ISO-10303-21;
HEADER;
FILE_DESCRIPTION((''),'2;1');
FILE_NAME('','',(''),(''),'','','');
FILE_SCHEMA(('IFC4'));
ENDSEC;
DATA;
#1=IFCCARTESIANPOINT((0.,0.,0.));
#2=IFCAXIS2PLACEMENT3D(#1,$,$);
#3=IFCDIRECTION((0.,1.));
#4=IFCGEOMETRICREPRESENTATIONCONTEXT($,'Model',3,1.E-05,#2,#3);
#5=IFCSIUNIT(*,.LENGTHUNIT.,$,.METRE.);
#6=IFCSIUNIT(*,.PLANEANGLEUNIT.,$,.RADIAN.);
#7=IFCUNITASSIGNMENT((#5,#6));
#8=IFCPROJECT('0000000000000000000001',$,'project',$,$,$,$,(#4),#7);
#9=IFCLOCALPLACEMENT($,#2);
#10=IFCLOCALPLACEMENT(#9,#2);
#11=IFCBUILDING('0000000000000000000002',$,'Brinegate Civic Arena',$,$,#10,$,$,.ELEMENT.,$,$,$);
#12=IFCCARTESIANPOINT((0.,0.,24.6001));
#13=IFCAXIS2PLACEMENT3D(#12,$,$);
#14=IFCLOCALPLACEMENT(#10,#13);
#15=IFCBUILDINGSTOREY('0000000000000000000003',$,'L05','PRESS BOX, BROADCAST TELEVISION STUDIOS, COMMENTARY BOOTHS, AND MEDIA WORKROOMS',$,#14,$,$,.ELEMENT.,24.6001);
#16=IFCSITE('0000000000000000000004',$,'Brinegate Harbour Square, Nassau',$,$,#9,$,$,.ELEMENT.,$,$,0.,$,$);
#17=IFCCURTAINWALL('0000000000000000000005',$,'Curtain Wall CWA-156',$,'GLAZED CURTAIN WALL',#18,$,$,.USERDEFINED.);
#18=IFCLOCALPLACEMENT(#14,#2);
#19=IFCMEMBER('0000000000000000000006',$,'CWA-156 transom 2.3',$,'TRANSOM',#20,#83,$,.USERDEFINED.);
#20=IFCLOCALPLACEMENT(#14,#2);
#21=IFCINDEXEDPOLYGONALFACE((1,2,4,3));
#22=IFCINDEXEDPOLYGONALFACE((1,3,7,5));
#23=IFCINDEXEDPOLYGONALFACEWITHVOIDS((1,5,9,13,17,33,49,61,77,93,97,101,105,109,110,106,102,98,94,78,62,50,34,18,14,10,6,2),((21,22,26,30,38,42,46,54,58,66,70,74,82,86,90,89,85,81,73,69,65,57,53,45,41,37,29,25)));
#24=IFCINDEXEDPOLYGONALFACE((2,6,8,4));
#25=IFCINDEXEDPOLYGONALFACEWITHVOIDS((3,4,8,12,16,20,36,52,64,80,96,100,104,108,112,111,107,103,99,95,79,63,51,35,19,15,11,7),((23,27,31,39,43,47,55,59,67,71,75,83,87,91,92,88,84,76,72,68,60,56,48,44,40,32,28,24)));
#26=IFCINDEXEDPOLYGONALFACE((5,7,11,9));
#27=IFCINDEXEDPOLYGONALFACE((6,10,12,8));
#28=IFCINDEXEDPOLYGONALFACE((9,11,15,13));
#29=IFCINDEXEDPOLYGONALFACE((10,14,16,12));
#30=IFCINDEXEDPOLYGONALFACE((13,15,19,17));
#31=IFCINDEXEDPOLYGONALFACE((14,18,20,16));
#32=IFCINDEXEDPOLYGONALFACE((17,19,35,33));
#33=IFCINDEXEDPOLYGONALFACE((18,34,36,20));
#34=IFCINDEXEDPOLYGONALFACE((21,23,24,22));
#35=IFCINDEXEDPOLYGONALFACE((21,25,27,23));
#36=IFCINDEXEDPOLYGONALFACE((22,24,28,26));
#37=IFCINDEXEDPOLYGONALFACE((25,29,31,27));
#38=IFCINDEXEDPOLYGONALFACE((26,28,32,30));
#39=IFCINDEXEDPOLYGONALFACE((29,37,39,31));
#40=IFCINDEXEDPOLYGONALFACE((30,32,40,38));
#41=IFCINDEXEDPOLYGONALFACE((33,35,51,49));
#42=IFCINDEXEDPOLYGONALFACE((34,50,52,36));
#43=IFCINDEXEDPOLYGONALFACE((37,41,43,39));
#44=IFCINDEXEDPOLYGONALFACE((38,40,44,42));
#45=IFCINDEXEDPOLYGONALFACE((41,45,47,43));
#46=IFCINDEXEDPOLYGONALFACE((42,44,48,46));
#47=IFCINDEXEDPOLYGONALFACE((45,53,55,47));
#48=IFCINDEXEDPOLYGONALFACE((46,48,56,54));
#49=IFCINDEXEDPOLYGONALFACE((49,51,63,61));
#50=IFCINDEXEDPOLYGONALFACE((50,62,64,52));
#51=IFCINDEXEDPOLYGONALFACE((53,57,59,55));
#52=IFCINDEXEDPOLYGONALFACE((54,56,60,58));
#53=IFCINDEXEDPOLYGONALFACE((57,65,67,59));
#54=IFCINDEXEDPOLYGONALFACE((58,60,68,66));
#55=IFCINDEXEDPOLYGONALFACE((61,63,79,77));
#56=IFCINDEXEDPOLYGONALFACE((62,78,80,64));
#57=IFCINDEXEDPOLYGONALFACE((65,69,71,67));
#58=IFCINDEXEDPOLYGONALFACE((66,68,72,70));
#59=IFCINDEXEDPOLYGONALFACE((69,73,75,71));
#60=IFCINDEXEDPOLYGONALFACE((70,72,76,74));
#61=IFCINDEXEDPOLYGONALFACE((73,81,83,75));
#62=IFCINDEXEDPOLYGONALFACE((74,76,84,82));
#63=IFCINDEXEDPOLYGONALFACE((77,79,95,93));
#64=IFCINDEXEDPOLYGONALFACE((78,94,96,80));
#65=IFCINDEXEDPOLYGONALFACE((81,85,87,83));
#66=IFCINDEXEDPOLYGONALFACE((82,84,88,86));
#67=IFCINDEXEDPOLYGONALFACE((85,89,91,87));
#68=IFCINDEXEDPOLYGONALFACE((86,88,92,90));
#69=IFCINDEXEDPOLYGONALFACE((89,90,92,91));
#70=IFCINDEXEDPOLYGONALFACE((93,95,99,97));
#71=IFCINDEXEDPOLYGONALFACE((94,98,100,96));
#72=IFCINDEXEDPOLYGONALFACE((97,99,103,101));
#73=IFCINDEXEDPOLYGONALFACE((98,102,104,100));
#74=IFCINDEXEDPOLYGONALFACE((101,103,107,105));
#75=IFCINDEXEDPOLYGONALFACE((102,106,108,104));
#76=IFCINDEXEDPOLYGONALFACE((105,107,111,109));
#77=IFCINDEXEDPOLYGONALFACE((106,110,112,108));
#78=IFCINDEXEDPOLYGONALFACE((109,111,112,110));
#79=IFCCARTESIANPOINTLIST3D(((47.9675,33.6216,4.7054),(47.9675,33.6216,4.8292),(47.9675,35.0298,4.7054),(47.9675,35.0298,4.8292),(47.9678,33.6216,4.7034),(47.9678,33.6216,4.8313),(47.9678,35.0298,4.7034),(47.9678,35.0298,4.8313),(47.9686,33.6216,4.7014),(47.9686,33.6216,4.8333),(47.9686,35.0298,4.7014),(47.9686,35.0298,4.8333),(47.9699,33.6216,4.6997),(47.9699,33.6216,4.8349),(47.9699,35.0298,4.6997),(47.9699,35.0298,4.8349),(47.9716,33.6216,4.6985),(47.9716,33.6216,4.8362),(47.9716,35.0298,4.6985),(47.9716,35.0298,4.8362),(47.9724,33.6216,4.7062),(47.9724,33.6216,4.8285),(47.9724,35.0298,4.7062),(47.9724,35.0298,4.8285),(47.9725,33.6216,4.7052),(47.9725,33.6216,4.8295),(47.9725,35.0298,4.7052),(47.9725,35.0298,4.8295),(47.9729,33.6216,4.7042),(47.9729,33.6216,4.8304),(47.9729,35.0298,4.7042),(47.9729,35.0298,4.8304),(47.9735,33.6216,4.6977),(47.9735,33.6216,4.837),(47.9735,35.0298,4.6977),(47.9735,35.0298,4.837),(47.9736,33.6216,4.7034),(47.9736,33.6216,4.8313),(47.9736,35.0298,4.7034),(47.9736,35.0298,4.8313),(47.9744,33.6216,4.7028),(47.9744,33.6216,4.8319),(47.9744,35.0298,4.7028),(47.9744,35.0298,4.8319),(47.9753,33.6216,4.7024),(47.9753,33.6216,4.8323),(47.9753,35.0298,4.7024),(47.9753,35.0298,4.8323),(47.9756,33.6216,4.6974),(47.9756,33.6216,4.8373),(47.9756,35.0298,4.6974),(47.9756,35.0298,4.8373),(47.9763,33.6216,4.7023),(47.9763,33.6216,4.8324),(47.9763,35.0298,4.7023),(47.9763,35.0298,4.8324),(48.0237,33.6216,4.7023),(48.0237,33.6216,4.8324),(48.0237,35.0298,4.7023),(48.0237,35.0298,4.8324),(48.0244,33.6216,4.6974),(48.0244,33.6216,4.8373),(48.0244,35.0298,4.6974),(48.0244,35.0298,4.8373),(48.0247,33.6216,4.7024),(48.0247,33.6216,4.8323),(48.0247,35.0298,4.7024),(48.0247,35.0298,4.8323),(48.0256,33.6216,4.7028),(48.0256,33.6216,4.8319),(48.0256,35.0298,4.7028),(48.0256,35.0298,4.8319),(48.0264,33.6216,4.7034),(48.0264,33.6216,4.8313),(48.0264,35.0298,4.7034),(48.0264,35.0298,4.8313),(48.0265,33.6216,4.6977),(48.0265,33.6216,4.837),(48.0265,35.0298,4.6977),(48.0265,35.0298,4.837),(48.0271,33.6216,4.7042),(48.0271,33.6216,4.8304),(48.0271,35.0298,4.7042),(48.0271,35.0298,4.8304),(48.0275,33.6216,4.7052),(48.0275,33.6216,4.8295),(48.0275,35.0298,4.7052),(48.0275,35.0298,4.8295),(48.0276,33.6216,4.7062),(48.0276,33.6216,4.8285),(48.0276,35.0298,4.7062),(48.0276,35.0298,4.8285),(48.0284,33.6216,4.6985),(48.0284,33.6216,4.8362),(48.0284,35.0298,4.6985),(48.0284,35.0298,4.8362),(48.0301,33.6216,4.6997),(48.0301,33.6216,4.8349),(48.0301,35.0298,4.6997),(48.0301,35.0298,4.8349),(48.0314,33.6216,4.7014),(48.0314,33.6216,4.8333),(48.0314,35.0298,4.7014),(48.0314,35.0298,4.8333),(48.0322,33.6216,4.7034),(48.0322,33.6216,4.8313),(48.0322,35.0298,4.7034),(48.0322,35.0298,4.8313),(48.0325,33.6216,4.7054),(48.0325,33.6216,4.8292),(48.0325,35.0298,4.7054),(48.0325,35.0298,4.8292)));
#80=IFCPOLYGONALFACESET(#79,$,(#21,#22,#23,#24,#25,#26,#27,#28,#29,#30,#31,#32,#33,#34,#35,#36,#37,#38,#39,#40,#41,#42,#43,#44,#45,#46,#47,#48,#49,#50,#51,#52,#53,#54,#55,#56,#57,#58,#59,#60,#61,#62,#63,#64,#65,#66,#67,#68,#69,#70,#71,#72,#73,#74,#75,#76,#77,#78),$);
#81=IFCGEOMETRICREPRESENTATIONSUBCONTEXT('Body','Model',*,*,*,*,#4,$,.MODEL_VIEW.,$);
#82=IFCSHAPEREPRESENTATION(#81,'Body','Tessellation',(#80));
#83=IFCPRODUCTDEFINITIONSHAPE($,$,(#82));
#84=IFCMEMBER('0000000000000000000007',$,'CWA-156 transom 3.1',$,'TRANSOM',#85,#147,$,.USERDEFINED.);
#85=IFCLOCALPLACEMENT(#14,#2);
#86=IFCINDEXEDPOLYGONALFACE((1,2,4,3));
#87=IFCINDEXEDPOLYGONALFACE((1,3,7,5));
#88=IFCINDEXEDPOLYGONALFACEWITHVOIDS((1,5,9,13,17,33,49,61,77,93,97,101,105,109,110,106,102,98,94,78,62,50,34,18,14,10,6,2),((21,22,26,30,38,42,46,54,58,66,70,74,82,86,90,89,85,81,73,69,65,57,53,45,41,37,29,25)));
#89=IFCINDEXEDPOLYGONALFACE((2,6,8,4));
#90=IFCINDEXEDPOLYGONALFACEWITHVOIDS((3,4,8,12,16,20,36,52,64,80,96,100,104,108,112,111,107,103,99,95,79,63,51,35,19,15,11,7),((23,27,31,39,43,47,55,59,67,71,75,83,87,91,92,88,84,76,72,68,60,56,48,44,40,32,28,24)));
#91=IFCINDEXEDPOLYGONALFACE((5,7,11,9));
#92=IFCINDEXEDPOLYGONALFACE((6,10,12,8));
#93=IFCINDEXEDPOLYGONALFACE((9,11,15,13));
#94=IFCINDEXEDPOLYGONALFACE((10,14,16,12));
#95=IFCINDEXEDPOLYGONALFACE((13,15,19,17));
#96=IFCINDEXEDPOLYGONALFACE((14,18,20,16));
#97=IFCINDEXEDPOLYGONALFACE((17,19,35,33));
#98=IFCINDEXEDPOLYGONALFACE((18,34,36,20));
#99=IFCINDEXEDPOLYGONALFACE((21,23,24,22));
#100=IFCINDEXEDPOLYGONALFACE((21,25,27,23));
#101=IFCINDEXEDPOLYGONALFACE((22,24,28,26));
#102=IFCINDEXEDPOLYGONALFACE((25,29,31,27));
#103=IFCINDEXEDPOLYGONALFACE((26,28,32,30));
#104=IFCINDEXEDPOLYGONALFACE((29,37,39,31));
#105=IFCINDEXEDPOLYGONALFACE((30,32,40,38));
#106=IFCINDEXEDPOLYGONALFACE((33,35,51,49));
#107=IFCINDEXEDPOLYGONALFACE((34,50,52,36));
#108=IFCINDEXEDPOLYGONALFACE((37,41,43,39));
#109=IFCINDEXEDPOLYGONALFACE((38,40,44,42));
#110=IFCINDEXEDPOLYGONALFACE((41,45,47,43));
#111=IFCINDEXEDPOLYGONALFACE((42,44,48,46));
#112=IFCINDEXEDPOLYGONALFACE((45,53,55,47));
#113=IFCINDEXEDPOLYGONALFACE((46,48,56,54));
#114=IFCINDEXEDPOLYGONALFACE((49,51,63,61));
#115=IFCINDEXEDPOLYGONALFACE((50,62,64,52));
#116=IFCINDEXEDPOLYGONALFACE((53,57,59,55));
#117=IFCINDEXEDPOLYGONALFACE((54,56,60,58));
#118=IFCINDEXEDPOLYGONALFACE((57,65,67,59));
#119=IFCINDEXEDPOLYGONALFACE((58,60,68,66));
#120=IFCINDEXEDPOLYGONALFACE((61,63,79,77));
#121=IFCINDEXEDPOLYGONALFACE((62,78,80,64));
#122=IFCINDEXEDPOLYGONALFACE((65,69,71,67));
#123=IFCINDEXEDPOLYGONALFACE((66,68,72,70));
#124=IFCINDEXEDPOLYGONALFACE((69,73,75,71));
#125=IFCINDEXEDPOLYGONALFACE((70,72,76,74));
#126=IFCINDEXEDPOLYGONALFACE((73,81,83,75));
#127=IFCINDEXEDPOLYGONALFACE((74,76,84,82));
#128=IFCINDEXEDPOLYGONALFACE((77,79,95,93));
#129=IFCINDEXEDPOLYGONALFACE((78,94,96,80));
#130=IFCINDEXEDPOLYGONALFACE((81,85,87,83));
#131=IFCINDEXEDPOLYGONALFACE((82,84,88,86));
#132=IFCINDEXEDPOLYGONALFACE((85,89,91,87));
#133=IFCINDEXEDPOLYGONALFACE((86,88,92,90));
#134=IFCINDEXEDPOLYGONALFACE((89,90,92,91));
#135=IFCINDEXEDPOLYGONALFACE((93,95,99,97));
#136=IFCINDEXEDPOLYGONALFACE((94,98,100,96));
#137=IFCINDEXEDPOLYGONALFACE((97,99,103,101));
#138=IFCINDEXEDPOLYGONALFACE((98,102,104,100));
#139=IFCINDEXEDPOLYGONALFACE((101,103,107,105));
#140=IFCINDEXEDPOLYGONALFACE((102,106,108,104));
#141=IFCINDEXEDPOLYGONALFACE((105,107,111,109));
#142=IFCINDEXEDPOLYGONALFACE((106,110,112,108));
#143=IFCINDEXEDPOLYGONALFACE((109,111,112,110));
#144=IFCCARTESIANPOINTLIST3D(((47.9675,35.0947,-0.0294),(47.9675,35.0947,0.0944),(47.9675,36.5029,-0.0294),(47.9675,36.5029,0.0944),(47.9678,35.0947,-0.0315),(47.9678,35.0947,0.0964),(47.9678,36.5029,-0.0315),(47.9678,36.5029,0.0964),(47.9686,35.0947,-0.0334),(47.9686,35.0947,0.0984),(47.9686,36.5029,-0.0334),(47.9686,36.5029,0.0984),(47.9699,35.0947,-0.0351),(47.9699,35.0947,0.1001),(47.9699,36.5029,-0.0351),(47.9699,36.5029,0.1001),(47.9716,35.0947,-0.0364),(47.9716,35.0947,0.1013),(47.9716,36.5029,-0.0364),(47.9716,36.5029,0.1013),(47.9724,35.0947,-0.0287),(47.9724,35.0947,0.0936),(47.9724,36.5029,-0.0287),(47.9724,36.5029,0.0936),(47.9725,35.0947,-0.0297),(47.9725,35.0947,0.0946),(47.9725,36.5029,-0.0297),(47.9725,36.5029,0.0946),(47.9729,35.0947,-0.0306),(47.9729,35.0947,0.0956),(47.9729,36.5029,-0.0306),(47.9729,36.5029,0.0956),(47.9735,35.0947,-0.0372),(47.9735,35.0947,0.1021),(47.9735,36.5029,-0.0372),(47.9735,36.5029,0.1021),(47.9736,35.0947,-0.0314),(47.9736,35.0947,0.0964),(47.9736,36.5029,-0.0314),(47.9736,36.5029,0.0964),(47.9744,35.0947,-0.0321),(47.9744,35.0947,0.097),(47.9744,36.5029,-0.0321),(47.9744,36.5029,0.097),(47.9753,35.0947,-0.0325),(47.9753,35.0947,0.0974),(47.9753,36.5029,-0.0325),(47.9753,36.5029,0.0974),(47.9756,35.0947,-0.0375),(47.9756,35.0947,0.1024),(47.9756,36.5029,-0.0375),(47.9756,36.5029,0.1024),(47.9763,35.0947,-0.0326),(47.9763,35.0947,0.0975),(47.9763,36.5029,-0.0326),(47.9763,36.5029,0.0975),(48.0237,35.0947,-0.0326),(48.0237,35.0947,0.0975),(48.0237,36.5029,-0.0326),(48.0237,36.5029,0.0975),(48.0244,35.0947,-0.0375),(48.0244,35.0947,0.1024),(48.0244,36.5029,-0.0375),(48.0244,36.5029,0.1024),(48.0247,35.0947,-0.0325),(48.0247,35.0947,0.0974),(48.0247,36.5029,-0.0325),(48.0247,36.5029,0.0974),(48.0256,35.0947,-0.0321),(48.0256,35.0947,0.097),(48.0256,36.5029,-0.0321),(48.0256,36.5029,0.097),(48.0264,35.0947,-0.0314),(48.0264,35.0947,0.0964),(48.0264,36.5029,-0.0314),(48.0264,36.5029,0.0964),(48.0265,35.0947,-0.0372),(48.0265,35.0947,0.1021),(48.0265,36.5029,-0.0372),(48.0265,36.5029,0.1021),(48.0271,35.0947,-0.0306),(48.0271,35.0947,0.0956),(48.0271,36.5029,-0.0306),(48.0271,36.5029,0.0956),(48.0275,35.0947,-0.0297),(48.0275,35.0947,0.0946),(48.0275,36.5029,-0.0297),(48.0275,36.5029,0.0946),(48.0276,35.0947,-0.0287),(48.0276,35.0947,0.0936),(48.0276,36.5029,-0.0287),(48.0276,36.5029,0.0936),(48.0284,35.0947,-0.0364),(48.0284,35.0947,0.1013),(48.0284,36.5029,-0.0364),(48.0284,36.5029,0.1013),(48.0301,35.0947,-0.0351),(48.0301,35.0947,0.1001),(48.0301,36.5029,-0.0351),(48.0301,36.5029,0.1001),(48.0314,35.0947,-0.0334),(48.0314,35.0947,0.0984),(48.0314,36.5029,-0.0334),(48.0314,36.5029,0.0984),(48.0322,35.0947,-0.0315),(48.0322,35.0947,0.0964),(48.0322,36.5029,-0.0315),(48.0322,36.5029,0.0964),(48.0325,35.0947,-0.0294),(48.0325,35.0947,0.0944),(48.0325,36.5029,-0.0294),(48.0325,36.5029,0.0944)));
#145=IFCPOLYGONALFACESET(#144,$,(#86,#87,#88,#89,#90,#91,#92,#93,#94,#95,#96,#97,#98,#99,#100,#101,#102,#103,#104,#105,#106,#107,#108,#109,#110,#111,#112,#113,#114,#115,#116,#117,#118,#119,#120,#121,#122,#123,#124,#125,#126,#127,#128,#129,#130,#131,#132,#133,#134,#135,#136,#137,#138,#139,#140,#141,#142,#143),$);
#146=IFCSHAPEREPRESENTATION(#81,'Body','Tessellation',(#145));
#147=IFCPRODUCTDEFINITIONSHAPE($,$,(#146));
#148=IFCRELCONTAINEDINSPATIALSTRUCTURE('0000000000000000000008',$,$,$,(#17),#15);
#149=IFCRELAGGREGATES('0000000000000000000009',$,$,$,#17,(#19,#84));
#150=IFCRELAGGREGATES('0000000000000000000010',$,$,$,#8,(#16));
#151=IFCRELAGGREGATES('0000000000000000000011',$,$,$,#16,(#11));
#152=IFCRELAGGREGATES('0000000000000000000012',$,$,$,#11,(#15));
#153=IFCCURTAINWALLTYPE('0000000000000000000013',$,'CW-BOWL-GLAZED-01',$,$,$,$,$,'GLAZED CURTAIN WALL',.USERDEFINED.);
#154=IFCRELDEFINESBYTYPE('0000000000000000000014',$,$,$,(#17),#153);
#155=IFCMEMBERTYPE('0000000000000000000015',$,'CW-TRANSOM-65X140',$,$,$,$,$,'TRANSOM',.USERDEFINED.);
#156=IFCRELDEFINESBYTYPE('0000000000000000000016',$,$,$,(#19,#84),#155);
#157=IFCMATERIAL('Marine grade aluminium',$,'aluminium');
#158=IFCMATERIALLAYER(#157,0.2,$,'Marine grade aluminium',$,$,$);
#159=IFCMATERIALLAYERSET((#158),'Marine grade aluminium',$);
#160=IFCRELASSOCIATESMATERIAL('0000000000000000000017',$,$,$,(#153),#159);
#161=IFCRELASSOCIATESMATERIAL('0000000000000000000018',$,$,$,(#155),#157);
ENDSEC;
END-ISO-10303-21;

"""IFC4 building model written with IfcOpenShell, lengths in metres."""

from ifc_helpers import new_model, si_unit, direction, frame, origin, origin_2d, place, context, subcontext, project, spatial, hollow_rectangle, extrude, material, layer, layer_set, material_profile, profile_set, type_object, element, aggregate, save


model = new_model("IFC4")

# Units and contexts
model_context = context("Model", 3, precision=1e-05, world=origin(), true_north=direction((0.0, 1.0)))
body_context = subcontext(model_context, "Body", "Model", "MODEL_VIEW")
ifc_project = project(units=[si_unit("LENGTHUNIT", "METRE"), si_unit("PLANEANGLEUNIT", "RADIAN")], contexts=[model_context])

# Site, building, storey
site_placement = place(None, origin())
site = spatial("IfcSite", under=ifc_project, at=site_placement, Name="Brinegate Harbour Square, Nassau", CompositionType="ELEMENT", RefElevation=0.0)
building_placement = place(site_placement, origin())
building = spatial("IfcBuilding", under=site, at=building_placement, Name="Brinegate Civic Arena", CompositionType="ELEMENT")
storey_placement = place(building_placement, frame((0.0, 0.0, 24.6001)))
storey = spatial("IfcBuildingStorey", under=building, at=storey_placement, Name="L05", Description="PRESS BOX, BROADCAST TELEVISION STUDIOS, COMMENTARY BOOTHS, AND MEDIA WORKROOMS", CompositionType="ELEMENT", Elevation=24.6001)

# Curtain wall
ifc_material_1 = material(Name="Marine grade aluminium", Category="aluminium")
ifc_layer_1 = layer(ifc_material_1, 0.2, Name="Marine grade aluminium")
ifc_layer_set_1 = layer_set([ifc_layer_1], Name="Marine grade aluminium")
curtain_wall_type = type_object("IfcCurtainWallType", Name="CW-BOWL-GLAZED-01", ElementType="GLAZED CURTAIN WALL", PredefinedType="USERDEFINED", material=ifc_layer_set_1)
curtain_wall_1_placement = place(storey_placement, origin())
curtain_wall_1 = element("IfcCurtainWall", 1, at=curtain_wall_1_placement, inside=storey, type_object=curtain_wall_type, Name="Curtain Wall CWA-156", ObjectType="GLAZED CURTAIN WALL", PredefinedType="USERDEFINED")

# Members
ifc_material_profile_1 = material_profile(ifc_material_1, hollow_rectangle(XDim=0.0649, YDim=0.1399, WallThickness=0.0049, InnerFilletRadius=0.0039, OuterFilletRadius=0.0081, at=origin_2d()), Name="TRN65X140")
ifc_profile_set_1 = profile_set([ifc_material_profile_1], Name="Marine grade aluminium")
member_type_1 = type_object("IfcMemberType", Name="CW-TRANSOM-65X140", ElementType="TRANSOM", PredefinedType="USERDEFINED", material=ifc_profile_set_1)
member_1_placement = place(storey_placement, frame((48.0, 33.6216, 4.7673), z_axis=(0.0, 1.0, 0.0), x_axis=(-1.0, 0.0, 0.0)))
member_1 = element("IfcMember", 2, at=member_1_placement, type_object=member_type_1, Name="CWA-156 transom 2.3", ObjectType="TRANSOM", PredefinedType="USERDEFINED", context=body_context, shape_type="SweptSolid", body=[
    extrude(hollow_rectangle(XDim=0.0649, YDim=0.1399, WallThickness=0.0049, InnerFilletRadius=0.0039, OuterFilletRadius=0.0081, at=origin_2d()), origin(), (0.0, 0.0, 1.0), 1.4082),
])
member_2_placement = place(storey_placement, frame((48.0, 35.0947, 0.0325), z_axis=(0.0, 1.0, 0.0), x_axis=(-1.0, 0.0, 0.0)))
member_2 = element("IfcMember", 3, at=member_2_placement, type_object=member_type_1, Name="CWA-156 transom 3.1", ObjectType="TRANSOM", PredefinedType="USERDEFINED", context=body_context, shape_type="SweptSolid", body=[
    extrude(hollow_rectangle(XDim=0.0649, YDim=0.1399, WallThickness=0.0049, InnerFilletRadius=0.0039, OuterFilletRadius=0.0081, at=origin_2d()), origin(), (0.0, 0.0, 1.0), 1.4082),
])

aggregate(curtain_wall_1, [member_1, member_2])

save(model, "model.ifc")
